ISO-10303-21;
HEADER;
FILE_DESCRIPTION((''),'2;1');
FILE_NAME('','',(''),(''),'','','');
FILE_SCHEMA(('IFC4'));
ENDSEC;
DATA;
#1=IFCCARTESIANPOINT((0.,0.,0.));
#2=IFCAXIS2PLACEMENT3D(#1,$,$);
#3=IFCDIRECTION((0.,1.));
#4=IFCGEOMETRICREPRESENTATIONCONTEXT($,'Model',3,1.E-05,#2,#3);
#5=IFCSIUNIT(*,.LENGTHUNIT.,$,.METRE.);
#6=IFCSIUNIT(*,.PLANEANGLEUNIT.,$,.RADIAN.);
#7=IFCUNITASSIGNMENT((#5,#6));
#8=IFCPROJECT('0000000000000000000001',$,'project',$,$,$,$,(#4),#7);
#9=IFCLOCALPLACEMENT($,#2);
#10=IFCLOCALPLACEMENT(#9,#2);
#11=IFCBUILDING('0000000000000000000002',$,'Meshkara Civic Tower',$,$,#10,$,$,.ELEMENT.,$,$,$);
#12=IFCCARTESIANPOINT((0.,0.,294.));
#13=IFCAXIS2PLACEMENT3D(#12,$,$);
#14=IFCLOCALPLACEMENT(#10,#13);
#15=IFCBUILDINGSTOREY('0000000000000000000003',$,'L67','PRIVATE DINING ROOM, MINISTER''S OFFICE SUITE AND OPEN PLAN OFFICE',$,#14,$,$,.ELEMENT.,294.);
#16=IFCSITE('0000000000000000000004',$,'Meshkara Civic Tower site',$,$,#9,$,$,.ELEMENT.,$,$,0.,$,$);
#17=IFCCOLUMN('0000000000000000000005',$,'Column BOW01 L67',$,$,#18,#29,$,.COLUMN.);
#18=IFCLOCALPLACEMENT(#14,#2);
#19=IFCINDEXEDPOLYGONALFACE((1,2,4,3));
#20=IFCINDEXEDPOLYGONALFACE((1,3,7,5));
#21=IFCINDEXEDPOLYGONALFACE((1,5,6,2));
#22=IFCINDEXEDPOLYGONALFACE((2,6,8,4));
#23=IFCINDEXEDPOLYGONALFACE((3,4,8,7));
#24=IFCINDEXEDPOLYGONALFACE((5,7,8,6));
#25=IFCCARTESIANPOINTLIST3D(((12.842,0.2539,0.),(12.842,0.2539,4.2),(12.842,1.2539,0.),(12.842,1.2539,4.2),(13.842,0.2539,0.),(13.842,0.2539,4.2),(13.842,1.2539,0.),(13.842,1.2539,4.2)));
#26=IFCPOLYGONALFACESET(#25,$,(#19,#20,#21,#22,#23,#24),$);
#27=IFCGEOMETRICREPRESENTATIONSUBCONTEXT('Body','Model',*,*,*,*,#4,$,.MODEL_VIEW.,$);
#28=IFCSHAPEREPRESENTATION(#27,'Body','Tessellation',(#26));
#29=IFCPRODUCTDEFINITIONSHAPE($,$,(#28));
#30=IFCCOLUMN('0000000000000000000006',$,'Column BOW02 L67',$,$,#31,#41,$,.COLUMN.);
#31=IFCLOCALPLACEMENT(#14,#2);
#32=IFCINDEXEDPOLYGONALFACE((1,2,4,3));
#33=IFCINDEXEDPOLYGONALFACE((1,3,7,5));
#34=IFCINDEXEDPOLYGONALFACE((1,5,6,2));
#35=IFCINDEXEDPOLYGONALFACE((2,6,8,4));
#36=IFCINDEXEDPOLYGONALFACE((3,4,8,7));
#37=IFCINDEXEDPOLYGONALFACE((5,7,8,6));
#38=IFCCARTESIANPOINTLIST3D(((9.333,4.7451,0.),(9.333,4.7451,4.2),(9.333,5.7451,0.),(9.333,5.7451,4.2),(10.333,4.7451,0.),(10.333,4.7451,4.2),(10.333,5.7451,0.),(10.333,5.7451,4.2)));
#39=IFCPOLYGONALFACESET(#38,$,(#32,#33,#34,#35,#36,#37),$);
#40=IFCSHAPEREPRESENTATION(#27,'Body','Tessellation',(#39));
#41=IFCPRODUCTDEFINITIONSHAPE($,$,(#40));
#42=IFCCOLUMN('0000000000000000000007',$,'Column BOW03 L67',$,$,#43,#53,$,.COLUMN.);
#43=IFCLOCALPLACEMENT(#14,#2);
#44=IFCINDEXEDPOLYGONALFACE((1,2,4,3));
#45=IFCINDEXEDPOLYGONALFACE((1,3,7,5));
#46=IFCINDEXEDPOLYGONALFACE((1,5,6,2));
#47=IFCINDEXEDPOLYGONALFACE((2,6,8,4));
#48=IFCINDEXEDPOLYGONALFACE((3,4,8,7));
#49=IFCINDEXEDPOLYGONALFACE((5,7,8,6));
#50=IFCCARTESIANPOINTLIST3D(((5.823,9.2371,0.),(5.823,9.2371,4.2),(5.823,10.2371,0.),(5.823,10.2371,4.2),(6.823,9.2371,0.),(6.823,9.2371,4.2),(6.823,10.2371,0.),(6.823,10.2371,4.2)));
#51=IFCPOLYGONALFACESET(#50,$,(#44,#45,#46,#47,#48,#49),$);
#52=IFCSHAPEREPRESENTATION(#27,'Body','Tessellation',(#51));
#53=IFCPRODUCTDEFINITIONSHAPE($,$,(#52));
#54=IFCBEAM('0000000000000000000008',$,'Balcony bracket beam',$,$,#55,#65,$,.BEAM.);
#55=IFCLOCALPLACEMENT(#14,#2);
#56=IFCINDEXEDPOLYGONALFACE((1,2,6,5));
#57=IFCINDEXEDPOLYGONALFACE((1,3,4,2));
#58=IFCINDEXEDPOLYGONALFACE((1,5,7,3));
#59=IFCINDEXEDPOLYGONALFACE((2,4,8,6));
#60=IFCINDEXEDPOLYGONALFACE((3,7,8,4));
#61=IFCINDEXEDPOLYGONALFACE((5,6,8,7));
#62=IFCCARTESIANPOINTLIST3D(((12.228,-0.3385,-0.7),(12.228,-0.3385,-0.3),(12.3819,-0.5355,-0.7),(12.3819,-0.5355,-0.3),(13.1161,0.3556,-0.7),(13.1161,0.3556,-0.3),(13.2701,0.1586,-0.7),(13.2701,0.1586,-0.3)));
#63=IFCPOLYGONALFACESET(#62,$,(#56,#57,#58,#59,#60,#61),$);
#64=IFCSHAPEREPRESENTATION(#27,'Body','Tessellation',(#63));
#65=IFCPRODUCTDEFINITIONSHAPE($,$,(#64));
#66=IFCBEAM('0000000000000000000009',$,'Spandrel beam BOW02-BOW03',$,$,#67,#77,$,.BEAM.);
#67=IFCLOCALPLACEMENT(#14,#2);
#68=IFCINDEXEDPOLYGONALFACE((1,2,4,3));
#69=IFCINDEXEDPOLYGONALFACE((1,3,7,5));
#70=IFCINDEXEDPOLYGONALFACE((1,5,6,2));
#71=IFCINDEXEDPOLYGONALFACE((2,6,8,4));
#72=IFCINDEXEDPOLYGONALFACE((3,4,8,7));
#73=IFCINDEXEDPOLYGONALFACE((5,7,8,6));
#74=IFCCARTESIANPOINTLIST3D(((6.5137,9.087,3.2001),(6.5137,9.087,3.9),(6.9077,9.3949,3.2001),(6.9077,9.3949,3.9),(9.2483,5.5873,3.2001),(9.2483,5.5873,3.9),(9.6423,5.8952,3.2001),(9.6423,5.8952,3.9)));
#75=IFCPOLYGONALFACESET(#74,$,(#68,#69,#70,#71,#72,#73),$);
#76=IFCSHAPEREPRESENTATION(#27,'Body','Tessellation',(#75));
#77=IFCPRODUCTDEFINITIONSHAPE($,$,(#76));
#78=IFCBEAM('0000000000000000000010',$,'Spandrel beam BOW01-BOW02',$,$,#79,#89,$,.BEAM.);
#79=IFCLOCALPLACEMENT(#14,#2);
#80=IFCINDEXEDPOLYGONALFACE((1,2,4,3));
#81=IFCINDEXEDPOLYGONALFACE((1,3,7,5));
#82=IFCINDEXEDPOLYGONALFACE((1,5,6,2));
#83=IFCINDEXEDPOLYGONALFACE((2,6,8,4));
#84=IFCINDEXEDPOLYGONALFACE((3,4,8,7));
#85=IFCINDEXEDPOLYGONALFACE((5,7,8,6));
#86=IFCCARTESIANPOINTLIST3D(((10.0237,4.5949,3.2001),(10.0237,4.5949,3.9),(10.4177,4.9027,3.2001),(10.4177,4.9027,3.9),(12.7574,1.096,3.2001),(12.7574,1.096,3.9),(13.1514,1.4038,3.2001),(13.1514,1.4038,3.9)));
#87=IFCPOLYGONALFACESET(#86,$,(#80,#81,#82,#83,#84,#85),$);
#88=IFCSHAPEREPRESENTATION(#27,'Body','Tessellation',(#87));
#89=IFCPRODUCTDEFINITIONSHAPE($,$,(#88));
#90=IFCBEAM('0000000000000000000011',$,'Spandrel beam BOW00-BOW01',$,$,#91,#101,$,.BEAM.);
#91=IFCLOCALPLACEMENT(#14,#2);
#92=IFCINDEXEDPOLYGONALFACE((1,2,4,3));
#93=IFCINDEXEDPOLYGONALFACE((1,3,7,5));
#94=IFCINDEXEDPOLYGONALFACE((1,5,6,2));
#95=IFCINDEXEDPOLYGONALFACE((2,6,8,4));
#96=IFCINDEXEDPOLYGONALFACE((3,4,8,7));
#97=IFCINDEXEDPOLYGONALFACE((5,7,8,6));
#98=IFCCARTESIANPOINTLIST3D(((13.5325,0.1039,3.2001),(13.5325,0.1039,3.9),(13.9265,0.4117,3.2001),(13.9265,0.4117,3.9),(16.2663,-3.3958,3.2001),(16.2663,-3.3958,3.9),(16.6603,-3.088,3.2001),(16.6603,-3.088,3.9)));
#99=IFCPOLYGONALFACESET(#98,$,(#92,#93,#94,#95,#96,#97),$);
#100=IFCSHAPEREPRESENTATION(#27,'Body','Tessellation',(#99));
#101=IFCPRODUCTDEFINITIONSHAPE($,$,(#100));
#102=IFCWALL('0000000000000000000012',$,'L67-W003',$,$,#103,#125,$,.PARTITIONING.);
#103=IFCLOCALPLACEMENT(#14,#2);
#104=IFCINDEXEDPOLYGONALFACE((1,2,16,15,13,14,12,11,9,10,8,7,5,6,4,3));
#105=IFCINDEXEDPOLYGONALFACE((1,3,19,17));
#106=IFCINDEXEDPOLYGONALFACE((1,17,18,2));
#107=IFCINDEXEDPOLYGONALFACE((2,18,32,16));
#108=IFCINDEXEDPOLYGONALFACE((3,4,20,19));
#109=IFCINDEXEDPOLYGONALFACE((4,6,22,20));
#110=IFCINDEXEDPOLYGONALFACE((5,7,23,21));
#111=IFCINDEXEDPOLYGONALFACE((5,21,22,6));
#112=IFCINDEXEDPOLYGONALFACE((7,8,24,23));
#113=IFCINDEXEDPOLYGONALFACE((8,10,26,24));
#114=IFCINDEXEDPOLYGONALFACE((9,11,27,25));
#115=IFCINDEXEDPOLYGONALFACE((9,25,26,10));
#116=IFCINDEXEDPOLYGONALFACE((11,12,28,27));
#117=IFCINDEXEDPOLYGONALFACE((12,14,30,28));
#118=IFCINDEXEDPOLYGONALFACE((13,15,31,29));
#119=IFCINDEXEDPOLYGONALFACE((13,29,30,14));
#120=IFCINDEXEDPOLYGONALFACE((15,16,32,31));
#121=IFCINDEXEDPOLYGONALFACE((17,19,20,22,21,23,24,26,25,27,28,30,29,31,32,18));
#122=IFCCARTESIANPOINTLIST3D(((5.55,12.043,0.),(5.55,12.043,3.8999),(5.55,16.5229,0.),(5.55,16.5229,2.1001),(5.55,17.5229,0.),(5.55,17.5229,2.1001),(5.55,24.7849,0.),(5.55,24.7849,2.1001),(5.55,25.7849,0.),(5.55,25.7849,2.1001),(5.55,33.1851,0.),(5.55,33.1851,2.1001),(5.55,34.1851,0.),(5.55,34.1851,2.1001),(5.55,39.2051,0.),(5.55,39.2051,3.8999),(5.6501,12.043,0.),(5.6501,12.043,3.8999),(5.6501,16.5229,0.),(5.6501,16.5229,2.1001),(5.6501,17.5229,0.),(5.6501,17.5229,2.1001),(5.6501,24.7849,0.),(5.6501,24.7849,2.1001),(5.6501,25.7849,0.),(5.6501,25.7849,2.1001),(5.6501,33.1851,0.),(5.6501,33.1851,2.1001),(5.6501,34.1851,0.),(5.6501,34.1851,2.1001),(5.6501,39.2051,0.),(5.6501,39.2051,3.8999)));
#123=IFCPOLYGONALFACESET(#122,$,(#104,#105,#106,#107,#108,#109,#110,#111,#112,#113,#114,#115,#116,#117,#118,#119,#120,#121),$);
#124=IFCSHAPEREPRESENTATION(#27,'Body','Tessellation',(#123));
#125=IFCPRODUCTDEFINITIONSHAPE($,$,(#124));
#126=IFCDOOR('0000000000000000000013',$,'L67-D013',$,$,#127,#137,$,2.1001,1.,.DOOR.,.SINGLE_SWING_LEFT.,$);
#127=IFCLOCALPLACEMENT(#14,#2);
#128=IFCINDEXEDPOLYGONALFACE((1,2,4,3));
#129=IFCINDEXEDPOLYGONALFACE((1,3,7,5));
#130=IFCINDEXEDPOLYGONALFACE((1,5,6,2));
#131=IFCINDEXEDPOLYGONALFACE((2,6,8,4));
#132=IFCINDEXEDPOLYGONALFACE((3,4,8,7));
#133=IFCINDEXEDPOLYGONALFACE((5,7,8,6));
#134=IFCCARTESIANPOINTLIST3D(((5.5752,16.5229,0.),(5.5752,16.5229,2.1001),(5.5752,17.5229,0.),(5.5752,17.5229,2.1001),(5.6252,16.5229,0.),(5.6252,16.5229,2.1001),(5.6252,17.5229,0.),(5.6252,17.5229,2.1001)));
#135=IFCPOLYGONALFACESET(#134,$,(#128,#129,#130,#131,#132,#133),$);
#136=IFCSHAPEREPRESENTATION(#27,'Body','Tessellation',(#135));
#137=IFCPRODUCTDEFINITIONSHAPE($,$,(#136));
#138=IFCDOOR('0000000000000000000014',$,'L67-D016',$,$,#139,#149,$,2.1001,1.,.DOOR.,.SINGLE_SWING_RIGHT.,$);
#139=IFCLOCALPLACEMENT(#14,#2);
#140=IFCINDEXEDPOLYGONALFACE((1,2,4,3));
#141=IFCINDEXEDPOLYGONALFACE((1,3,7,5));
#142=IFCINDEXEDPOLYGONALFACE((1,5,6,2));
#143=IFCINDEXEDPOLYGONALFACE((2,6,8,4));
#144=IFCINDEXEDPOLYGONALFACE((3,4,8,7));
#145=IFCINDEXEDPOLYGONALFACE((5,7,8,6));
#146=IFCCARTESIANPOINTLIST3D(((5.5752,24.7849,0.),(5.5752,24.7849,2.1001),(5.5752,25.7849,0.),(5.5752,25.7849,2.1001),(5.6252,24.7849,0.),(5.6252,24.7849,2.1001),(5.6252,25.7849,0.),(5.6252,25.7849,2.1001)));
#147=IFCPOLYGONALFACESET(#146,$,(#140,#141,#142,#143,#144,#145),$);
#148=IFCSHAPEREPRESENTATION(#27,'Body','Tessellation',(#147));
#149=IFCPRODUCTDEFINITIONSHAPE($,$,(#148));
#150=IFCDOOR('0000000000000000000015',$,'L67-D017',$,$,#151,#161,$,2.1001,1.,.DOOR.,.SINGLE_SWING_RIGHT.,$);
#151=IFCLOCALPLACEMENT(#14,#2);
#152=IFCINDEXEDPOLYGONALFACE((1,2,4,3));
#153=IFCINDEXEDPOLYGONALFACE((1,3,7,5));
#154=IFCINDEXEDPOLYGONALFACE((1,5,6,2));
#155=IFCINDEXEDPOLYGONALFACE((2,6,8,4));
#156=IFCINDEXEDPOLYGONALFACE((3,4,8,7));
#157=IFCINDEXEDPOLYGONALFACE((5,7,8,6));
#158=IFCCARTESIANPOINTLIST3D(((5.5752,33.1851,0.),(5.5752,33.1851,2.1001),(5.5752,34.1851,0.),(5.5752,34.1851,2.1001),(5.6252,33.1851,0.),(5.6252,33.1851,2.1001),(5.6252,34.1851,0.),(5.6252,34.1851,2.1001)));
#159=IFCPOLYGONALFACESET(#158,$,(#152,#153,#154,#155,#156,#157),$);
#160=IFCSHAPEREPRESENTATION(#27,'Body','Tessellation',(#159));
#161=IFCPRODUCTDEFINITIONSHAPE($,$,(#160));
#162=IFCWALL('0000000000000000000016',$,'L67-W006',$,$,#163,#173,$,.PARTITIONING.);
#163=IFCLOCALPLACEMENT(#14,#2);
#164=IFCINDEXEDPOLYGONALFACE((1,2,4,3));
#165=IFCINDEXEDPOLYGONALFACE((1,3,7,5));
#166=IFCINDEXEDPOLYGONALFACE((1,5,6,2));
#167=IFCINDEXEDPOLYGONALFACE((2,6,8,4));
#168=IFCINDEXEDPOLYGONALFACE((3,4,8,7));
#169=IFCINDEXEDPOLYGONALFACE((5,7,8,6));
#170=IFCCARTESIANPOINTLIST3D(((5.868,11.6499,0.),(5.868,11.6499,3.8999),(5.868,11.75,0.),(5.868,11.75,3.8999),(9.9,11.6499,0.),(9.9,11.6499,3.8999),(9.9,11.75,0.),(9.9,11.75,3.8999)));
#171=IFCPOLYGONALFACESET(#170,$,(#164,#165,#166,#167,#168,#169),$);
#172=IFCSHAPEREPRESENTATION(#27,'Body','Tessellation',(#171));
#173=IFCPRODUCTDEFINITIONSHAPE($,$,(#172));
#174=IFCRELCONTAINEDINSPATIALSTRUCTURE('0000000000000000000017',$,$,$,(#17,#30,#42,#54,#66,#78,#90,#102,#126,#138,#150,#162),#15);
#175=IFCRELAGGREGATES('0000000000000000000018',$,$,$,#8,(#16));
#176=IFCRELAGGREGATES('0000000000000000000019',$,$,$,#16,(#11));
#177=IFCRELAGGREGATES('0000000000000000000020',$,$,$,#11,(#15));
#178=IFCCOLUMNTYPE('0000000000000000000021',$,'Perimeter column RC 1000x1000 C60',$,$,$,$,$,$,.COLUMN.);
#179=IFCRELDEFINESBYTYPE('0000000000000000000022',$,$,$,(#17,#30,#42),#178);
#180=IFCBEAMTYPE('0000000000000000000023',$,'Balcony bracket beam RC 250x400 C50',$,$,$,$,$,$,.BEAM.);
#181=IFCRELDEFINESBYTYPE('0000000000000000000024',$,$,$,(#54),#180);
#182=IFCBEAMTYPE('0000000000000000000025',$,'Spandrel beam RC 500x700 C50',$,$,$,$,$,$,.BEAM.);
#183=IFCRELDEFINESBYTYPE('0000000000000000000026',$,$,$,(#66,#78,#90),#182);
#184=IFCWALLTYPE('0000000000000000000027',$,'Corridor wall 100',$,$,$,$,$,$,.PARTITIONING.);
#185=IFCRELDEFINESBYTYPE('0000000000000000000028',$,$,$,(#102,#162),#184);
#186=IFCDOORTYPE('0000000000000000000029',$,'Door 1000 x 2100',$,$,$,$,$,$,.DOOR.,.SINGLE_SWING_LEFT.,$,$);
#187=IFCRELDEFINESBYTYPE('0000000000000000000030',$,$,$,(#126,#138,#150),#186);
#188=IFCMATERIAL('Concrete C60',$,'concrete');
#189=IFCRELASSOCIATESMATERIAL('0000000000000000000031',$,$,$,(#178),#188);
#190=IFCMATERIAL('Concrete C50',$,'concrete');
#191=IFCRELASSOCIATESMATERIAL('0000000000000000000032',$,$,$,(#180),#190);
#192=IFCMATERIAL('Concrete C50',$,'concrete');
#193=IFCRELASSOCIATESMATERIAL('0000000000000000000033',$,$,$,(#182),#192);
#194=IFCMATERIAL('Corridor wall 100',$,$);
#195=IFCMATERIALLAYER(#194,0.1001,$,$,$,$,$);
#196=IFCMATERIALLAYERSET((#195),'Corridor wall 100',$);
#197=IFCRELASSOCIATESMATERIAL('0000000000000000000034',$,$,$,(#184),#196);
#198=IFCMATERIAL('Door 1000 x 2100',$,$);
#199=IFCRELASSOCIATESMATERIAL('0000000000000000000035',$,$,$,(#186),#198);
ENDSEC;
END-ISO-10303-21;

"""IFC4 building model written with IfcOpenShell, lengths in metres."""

from ifc_helpers import new_model, si_unit, direction, frame, frame_2d, origin, origin_2d, place, context, subcontext, project, spatial, rectangle, extrude, material, layer, layer_set, material_profile, profile_set, type_object, element, fill, save


model = new_model("IFC4")

# Units and contexts
model_context = context("Model", 3, precision=1e-05, world=origin(), true_north=direction((0.0, 1.0)))
body_context = subcontext(model_context, "Body", "Model", "MODEL_VIEW")
ifc_project = project(units=[si_unit("LENGTHUNIT", "METRE"), si_unit("PLANEANGLEUNIT", "RADIAN")], contexts=[model_context])

# Site, building, storey
site_placement = place(None, origin())
site = spatial("IfcSite", under=ifc_project, at=site_placement, Name="Meshkara Civic Tower site", CompositionType="ELEMENT", RefElevation=0.0)
building_placement = place(site_placement, origin())
building = spatial("IfcBuilding", under=site, at=building_placement, Name="Meshkara Civic Tower", CompositionType="ELEMENT")
storey_placement = place(building_placement, frame((0.0, 0.0, 294.0)))
storey = spatial("IfcBuildingStorey", under=building, at=storey_placement, Name="L67", Description="PRIVATE DINING ROOM, MINISTER'S OFFICE SUITE AND OPEN PLAN OFFICE", CompositionType="ELEMENT", Elevation=294.0)

# Columns
ifc_material_1 = material(Name="Concrete C60", Category="concrete")
ifc_material_profile_1 = material_profile(ifc_material_1, rectangle(XDim=1.0, YDim=1.0, at=origin_2d()))
ifc_profile_set_1 = profile_set([ifc_material_profile_1], Name="Concrete C60")
column_type = type_object("IfcColumnType", Name="Perimeter column RC 1000x1000 C60", PredefinedType="COLUMN", material=ifc_profile_set_1)
for number, where, z_axis, x_axis, name in (
    (1, (13.342, 0.7539, 0.0), (0.0, 0.0, 1.0), (1.0, 0.0, 0.0), "Column BOW01 L67"),
    (2, (9.833, 5.2451, 0.0), (0.0, 0.0, 1.0), (1.0, 0.0, 0.0), "Column BOW02 L67"),
    (3, (6.323, 9.7371, 0.0), (0.0, 0.0, 1.0), (1.0, 0.0, 0.0), "Column BOW03 L67"),
):
    element("IfcColumn", number, at=place(storey_placement, frame(where, z_axis=z_axis, x_axis=x_axis)), inside=storey, type_object=column_type, Name=name, PredefinedType="COLUMN", context=body_context, shape_type="SweptSolid", body=[
        extrude(rectangle(XDim=1.0, YDim=1.0, at=origin_2d()), origin(), (0.0, 0.0, 1.0), 4.2),
    ])

# Beams
ifc_material_2 = material(Name="Concrete C50", Category="concrete")
ifc_material_profile_2 = material_profile(ifc_material_2, rectangle(XDim=0.25, YDim=0.3999, at=origin_2d()))
ifc_profile_set_2 = profile_set([ifc_material_profile_2], Name="Concrete C50")
beam_type_1 = type_object("IfcBeamType", Name="Balcony bracket beam RC 250x400 C50", PredefinedType="BEAM", material=ifc_profile_set_2)
beam_1_placement = place(storey_placement, frame((13.1931, 0.2571, -0.5), z_axis=(-0.787939, -0.615753, 0.0), x_axis=(0.615753, -0.787939, 0.0)))
element("IfcBeam", 4, at=beam_1_placement, inside=storey, type_object=beam_type_1, Name="Balcony bracket beam", PredefinedType="BEAM", context=body_context, shape_type="SweptSolid", body=[
    extrude(rectangle(XDim=0.25, YDim=0.3999, at=origin_2d()), origin(), (0.0, 0.0, 1.0), 1.1272),
])
ifc_material_3 = material(Name="Concrete C50", Category="concrete")
ifc_material_profile_3 = material_profile(ifc_material_3, rectangle(XDim=0.5, YDim=0.7, at=origin_2d()))
ifc_profile_set_3 = profile_set([ifc_material_profile_3], Name="Concrete C50")
beam_type_2 = type_object("IfcBeamType", Name="Spandrel beam RC 500x700 C50", PredefinedType="BEAM", material=ifc_profile_set_3)
beam_2_placement = place(storey_placement, frame((6.7107, 9.241, 3.55), z_axis=(0.615705, -0.787977, 0.0), x_axis=(0.787977, 0.615705, 0.0)))
element("IfcBeam", 5, at=beam_2_placement, inside=storey, type_object=beam_type_2, Name="Spandrel beam BOW02-BOW03", PredefinedType="BEAM", context=body_context, shape_type="SweptSolid", body=[
    extrude(rectangle(XDim=0.5, YDim=0.7, at=origin_2d()), origin(), (0.0, 0.0, 1.0), 4.4414),
])
beam_3_placement = place(storey_placement, frame((10.2207, 4.7488, 3.55), z_axis=(0.615675, -0.788, 0.0), x_axis=(0.788, 0.615675, 0.0)))
element("IfcBeam", 6, at=beam_3_placement, inside=storey, type_object=beam_type_2, Name="Spandrel beam BOW01-BOW02", PredefinedType="BEAM", context=body_context, shape_type="SweptSolid", body=[
    extrude(rectangle(XDim=0.5, YDim=0.7, at=origin_2d()), origin(), (0.0, 0.0, 1.0), 4.4402),
])
beam_4_placement = place(storey_placement, frame((13.7295, 0.2578, 3.55), z_axis=(0.615602, -0.788057, 0.0), x_axis=(0.788057, 0.615602, 0.0)))
element("IfcBeam", 7, at=beam_4_placement, inside=storey, type_object=beam_type_2, Name="Spandrel beam BOW00-BOW01", PredefinedType="BEAM", context=body_context, shape_type="SweptSolid", body=[
    extrude(rectangle(XDim=0.5, YDim=0.7, at=origin_2d()), origin(), (0.0, 0.0, 1.0), 4.4409),
])

# Wall, openings, doors
ifc_material_4 = material(Name="Corridor wall 100")
ifc_layer_1 = layer(ifc_material_4, 0.1001)
ifc_layer_set_1 = layer_set([ifc_layer_1], Name="Corridor wall 100")
wall_type_1 = type_object("IfcWallType", Name="Corridor wall 100", PredefinedType="PARTITIONING", material=ifc_layer_set_1)
wall_1_placement = place(storey_placement, frame((5.6001, 12.043, 0.0), z_axis=(0.0, 0.0, 1.0), x_axis=(0.0, 1.0, 0.0)))
wall_1 = element("IfcWall", 8, at=wall_1_placement, inside=storey, type_object=wall_type_1, Name="L67-W003", PredefinedType="PARTITIONING", context=body_context, shape_type="SweptSolid", body=[
    extrude(rectangle(XDim=27.1621, YDim=0.1001, at=frame_2d((13.5811, 0.0))), origin(), (0.0, 0.0, 1.0), 3.8999),
])
opening_1_placement = place(wall_1_placement, frame((4.48, 0.0, 0.0)))
opening_1 = element("IfcOpeningElement", 9, at=opening_1_placement, cuts=wall_1, PredefinedType="OPENING", context=body_context, shape_type="SweptSolid", body=[
    extrude(rectangle(XDim=1.0, YDim=2.1001, at=frame_2d((0.5, 1.05))), frame((0.0, 0.0601, 0.0), z_axis=(0.0, -1.0, 0.0), x_axis=(1.0, 0.0, 0.0)), (0.0, 0.0, 1.0), 0.1201),
])
opening_2_placement = place(wall_1_placement, frame((12.7419, 0.0, 0.0)))
opening_2 = element("IfcOpeningElement", 10, at=opening_2_placement, cuts=wall_1, PredefinedType="OPENING", context=body_context, shape_type="SweptSolid", body=[
    extrude(rectangle(XDim=1.0, YDim=2.1001, at=frame_2d((0.5, 1.05))), frame((0.0, 0.0601, 0.0), z_axis=(0.0, -1.0, 0.0), x_axis=(1.0, 0.0, 0.0)), (0.0, 0.0, 1.0), 0.1201),
])
opening_3_placement = place(wall_1_placement, frame((21.1421, 0.0, 0.0)))
opening_3 = element("IfcOpeningElement", 11, at=opening_3_placement, cuts=wall_1, PredefinedType="OPENING", context=body_context, shape_type="SweptSolid", body=[
    extrude(rectangle(XDim=1.0, YDim=2.1001, at=frame_2d((0.5, 1.05))), frame((0.0, 0.0601, 0.0), z_axis=(0.0, -1.0, 0.0), x_axis=(1.0, 0.0, 0.0)), (0.0, 0.0, 1.0), 0.1201),
])
ifc_material_5 = material(Name="Door 1000 x 2100")
door_type = type_object("IfcDoorType", Name="Door 1000 x 2100", OperationType="SINGLE_SWING_LEFT", PredefinedType="DOOR", material=ifc_material_5)
door_1_placement = place(opening_1_placement, origin())
door_1 = element("IfcDoor", 12, at=door_1_placement, inside=storey, type_object=door_type, Name="L67-D013", OperationType="SINGLE_SWING_LEFT", OverallHeight=2.1001, OverallWidth=1.0, PredefinedType="DOOR", context=body_context, shape_type="SweptSolid", body=[
    extrude(rectangle(XDim=1.0, YDim=2.1001, at=frame_2d((0.5, 1.05))), frame((0.0, 0.0249, 0.0), z_axis=(0.0, -1.0, 0.0), x_axis=(1.0, 0.0, 0.0)), (0.0, 0.0, 1.0), 0.05),
])
fill(opening_1, door_1)
door_2_placement = place(opening_2_placement, origin())
door_2 = element("IfcDoor", 13, at=door_2_placement, inside=storey, type_object=door_type, Name="L67-D016", OperationType="SINGLE_SWING_RIGHT", OverallHeight=2.1001, OverallWidth=1.0, PredefinedType="DOOR", context=body_context, shape_type="SweptSolid", body=[
    extrude(rectangle(XDim=1.0, YDim=2.1001, at=frame_2d((0.5, 1.05))), frame((0.0, 0.0249, 0.0), z_axis=(0.0, -1.0, 0.0), x_axis=(1.0, 0.0, 0.0)), (0.0, 0.0, 1.0), 0.05),
])
fill(opening_2, door_2)
door_3_placement = place(opening_3_placement, origin())
door_3 = element("IfcDoor", 14, at=door_3_placement, inside=storey, type_object=door_type, Name="L67-D017", OperationType="SINGLE_SWING_RIGHT", OverallHeight=2.1001, OverallWidth=1.0, PredefinedType="DOOR", context=body_context, shape_type="SweptSolid", body=[
    extrude(rectangle(XDim=1.0, YDim=2.1001, at=frame_2d((0.5, 1.05))), frame((0.0, 0.0249, 0.0), z_axis=(0.0, -1.0, 0.0), x_axis=(1.0, 0.0, 0.0)), (0.0, 0.0, 1.0), 0.05),
])
fill(opening_3, door_3)

# Wall
wall_2_placement = place(storey_placement, frame((5.8679, 11.7, 0.0), z_axis=(0.0, 0.0, 1.0), x_axis=(1.0, 0.0, 0.0)))
element("IfcWall", 15, at=wall_2_placement, inside=storey, type_object=wall_type_1, Name="L67-W006", PredefinedType="PARTITIONING", context=body_context, shape_type="SweptSolid", body=[
    extrude(rectangle(XDim=4.032, YDim=0.1001, at=frame_2d((2.0161, 0.0))), origin(), (0.0, 0.0, 1.0), 3.8999),
])

save(model, "model.ifc")
